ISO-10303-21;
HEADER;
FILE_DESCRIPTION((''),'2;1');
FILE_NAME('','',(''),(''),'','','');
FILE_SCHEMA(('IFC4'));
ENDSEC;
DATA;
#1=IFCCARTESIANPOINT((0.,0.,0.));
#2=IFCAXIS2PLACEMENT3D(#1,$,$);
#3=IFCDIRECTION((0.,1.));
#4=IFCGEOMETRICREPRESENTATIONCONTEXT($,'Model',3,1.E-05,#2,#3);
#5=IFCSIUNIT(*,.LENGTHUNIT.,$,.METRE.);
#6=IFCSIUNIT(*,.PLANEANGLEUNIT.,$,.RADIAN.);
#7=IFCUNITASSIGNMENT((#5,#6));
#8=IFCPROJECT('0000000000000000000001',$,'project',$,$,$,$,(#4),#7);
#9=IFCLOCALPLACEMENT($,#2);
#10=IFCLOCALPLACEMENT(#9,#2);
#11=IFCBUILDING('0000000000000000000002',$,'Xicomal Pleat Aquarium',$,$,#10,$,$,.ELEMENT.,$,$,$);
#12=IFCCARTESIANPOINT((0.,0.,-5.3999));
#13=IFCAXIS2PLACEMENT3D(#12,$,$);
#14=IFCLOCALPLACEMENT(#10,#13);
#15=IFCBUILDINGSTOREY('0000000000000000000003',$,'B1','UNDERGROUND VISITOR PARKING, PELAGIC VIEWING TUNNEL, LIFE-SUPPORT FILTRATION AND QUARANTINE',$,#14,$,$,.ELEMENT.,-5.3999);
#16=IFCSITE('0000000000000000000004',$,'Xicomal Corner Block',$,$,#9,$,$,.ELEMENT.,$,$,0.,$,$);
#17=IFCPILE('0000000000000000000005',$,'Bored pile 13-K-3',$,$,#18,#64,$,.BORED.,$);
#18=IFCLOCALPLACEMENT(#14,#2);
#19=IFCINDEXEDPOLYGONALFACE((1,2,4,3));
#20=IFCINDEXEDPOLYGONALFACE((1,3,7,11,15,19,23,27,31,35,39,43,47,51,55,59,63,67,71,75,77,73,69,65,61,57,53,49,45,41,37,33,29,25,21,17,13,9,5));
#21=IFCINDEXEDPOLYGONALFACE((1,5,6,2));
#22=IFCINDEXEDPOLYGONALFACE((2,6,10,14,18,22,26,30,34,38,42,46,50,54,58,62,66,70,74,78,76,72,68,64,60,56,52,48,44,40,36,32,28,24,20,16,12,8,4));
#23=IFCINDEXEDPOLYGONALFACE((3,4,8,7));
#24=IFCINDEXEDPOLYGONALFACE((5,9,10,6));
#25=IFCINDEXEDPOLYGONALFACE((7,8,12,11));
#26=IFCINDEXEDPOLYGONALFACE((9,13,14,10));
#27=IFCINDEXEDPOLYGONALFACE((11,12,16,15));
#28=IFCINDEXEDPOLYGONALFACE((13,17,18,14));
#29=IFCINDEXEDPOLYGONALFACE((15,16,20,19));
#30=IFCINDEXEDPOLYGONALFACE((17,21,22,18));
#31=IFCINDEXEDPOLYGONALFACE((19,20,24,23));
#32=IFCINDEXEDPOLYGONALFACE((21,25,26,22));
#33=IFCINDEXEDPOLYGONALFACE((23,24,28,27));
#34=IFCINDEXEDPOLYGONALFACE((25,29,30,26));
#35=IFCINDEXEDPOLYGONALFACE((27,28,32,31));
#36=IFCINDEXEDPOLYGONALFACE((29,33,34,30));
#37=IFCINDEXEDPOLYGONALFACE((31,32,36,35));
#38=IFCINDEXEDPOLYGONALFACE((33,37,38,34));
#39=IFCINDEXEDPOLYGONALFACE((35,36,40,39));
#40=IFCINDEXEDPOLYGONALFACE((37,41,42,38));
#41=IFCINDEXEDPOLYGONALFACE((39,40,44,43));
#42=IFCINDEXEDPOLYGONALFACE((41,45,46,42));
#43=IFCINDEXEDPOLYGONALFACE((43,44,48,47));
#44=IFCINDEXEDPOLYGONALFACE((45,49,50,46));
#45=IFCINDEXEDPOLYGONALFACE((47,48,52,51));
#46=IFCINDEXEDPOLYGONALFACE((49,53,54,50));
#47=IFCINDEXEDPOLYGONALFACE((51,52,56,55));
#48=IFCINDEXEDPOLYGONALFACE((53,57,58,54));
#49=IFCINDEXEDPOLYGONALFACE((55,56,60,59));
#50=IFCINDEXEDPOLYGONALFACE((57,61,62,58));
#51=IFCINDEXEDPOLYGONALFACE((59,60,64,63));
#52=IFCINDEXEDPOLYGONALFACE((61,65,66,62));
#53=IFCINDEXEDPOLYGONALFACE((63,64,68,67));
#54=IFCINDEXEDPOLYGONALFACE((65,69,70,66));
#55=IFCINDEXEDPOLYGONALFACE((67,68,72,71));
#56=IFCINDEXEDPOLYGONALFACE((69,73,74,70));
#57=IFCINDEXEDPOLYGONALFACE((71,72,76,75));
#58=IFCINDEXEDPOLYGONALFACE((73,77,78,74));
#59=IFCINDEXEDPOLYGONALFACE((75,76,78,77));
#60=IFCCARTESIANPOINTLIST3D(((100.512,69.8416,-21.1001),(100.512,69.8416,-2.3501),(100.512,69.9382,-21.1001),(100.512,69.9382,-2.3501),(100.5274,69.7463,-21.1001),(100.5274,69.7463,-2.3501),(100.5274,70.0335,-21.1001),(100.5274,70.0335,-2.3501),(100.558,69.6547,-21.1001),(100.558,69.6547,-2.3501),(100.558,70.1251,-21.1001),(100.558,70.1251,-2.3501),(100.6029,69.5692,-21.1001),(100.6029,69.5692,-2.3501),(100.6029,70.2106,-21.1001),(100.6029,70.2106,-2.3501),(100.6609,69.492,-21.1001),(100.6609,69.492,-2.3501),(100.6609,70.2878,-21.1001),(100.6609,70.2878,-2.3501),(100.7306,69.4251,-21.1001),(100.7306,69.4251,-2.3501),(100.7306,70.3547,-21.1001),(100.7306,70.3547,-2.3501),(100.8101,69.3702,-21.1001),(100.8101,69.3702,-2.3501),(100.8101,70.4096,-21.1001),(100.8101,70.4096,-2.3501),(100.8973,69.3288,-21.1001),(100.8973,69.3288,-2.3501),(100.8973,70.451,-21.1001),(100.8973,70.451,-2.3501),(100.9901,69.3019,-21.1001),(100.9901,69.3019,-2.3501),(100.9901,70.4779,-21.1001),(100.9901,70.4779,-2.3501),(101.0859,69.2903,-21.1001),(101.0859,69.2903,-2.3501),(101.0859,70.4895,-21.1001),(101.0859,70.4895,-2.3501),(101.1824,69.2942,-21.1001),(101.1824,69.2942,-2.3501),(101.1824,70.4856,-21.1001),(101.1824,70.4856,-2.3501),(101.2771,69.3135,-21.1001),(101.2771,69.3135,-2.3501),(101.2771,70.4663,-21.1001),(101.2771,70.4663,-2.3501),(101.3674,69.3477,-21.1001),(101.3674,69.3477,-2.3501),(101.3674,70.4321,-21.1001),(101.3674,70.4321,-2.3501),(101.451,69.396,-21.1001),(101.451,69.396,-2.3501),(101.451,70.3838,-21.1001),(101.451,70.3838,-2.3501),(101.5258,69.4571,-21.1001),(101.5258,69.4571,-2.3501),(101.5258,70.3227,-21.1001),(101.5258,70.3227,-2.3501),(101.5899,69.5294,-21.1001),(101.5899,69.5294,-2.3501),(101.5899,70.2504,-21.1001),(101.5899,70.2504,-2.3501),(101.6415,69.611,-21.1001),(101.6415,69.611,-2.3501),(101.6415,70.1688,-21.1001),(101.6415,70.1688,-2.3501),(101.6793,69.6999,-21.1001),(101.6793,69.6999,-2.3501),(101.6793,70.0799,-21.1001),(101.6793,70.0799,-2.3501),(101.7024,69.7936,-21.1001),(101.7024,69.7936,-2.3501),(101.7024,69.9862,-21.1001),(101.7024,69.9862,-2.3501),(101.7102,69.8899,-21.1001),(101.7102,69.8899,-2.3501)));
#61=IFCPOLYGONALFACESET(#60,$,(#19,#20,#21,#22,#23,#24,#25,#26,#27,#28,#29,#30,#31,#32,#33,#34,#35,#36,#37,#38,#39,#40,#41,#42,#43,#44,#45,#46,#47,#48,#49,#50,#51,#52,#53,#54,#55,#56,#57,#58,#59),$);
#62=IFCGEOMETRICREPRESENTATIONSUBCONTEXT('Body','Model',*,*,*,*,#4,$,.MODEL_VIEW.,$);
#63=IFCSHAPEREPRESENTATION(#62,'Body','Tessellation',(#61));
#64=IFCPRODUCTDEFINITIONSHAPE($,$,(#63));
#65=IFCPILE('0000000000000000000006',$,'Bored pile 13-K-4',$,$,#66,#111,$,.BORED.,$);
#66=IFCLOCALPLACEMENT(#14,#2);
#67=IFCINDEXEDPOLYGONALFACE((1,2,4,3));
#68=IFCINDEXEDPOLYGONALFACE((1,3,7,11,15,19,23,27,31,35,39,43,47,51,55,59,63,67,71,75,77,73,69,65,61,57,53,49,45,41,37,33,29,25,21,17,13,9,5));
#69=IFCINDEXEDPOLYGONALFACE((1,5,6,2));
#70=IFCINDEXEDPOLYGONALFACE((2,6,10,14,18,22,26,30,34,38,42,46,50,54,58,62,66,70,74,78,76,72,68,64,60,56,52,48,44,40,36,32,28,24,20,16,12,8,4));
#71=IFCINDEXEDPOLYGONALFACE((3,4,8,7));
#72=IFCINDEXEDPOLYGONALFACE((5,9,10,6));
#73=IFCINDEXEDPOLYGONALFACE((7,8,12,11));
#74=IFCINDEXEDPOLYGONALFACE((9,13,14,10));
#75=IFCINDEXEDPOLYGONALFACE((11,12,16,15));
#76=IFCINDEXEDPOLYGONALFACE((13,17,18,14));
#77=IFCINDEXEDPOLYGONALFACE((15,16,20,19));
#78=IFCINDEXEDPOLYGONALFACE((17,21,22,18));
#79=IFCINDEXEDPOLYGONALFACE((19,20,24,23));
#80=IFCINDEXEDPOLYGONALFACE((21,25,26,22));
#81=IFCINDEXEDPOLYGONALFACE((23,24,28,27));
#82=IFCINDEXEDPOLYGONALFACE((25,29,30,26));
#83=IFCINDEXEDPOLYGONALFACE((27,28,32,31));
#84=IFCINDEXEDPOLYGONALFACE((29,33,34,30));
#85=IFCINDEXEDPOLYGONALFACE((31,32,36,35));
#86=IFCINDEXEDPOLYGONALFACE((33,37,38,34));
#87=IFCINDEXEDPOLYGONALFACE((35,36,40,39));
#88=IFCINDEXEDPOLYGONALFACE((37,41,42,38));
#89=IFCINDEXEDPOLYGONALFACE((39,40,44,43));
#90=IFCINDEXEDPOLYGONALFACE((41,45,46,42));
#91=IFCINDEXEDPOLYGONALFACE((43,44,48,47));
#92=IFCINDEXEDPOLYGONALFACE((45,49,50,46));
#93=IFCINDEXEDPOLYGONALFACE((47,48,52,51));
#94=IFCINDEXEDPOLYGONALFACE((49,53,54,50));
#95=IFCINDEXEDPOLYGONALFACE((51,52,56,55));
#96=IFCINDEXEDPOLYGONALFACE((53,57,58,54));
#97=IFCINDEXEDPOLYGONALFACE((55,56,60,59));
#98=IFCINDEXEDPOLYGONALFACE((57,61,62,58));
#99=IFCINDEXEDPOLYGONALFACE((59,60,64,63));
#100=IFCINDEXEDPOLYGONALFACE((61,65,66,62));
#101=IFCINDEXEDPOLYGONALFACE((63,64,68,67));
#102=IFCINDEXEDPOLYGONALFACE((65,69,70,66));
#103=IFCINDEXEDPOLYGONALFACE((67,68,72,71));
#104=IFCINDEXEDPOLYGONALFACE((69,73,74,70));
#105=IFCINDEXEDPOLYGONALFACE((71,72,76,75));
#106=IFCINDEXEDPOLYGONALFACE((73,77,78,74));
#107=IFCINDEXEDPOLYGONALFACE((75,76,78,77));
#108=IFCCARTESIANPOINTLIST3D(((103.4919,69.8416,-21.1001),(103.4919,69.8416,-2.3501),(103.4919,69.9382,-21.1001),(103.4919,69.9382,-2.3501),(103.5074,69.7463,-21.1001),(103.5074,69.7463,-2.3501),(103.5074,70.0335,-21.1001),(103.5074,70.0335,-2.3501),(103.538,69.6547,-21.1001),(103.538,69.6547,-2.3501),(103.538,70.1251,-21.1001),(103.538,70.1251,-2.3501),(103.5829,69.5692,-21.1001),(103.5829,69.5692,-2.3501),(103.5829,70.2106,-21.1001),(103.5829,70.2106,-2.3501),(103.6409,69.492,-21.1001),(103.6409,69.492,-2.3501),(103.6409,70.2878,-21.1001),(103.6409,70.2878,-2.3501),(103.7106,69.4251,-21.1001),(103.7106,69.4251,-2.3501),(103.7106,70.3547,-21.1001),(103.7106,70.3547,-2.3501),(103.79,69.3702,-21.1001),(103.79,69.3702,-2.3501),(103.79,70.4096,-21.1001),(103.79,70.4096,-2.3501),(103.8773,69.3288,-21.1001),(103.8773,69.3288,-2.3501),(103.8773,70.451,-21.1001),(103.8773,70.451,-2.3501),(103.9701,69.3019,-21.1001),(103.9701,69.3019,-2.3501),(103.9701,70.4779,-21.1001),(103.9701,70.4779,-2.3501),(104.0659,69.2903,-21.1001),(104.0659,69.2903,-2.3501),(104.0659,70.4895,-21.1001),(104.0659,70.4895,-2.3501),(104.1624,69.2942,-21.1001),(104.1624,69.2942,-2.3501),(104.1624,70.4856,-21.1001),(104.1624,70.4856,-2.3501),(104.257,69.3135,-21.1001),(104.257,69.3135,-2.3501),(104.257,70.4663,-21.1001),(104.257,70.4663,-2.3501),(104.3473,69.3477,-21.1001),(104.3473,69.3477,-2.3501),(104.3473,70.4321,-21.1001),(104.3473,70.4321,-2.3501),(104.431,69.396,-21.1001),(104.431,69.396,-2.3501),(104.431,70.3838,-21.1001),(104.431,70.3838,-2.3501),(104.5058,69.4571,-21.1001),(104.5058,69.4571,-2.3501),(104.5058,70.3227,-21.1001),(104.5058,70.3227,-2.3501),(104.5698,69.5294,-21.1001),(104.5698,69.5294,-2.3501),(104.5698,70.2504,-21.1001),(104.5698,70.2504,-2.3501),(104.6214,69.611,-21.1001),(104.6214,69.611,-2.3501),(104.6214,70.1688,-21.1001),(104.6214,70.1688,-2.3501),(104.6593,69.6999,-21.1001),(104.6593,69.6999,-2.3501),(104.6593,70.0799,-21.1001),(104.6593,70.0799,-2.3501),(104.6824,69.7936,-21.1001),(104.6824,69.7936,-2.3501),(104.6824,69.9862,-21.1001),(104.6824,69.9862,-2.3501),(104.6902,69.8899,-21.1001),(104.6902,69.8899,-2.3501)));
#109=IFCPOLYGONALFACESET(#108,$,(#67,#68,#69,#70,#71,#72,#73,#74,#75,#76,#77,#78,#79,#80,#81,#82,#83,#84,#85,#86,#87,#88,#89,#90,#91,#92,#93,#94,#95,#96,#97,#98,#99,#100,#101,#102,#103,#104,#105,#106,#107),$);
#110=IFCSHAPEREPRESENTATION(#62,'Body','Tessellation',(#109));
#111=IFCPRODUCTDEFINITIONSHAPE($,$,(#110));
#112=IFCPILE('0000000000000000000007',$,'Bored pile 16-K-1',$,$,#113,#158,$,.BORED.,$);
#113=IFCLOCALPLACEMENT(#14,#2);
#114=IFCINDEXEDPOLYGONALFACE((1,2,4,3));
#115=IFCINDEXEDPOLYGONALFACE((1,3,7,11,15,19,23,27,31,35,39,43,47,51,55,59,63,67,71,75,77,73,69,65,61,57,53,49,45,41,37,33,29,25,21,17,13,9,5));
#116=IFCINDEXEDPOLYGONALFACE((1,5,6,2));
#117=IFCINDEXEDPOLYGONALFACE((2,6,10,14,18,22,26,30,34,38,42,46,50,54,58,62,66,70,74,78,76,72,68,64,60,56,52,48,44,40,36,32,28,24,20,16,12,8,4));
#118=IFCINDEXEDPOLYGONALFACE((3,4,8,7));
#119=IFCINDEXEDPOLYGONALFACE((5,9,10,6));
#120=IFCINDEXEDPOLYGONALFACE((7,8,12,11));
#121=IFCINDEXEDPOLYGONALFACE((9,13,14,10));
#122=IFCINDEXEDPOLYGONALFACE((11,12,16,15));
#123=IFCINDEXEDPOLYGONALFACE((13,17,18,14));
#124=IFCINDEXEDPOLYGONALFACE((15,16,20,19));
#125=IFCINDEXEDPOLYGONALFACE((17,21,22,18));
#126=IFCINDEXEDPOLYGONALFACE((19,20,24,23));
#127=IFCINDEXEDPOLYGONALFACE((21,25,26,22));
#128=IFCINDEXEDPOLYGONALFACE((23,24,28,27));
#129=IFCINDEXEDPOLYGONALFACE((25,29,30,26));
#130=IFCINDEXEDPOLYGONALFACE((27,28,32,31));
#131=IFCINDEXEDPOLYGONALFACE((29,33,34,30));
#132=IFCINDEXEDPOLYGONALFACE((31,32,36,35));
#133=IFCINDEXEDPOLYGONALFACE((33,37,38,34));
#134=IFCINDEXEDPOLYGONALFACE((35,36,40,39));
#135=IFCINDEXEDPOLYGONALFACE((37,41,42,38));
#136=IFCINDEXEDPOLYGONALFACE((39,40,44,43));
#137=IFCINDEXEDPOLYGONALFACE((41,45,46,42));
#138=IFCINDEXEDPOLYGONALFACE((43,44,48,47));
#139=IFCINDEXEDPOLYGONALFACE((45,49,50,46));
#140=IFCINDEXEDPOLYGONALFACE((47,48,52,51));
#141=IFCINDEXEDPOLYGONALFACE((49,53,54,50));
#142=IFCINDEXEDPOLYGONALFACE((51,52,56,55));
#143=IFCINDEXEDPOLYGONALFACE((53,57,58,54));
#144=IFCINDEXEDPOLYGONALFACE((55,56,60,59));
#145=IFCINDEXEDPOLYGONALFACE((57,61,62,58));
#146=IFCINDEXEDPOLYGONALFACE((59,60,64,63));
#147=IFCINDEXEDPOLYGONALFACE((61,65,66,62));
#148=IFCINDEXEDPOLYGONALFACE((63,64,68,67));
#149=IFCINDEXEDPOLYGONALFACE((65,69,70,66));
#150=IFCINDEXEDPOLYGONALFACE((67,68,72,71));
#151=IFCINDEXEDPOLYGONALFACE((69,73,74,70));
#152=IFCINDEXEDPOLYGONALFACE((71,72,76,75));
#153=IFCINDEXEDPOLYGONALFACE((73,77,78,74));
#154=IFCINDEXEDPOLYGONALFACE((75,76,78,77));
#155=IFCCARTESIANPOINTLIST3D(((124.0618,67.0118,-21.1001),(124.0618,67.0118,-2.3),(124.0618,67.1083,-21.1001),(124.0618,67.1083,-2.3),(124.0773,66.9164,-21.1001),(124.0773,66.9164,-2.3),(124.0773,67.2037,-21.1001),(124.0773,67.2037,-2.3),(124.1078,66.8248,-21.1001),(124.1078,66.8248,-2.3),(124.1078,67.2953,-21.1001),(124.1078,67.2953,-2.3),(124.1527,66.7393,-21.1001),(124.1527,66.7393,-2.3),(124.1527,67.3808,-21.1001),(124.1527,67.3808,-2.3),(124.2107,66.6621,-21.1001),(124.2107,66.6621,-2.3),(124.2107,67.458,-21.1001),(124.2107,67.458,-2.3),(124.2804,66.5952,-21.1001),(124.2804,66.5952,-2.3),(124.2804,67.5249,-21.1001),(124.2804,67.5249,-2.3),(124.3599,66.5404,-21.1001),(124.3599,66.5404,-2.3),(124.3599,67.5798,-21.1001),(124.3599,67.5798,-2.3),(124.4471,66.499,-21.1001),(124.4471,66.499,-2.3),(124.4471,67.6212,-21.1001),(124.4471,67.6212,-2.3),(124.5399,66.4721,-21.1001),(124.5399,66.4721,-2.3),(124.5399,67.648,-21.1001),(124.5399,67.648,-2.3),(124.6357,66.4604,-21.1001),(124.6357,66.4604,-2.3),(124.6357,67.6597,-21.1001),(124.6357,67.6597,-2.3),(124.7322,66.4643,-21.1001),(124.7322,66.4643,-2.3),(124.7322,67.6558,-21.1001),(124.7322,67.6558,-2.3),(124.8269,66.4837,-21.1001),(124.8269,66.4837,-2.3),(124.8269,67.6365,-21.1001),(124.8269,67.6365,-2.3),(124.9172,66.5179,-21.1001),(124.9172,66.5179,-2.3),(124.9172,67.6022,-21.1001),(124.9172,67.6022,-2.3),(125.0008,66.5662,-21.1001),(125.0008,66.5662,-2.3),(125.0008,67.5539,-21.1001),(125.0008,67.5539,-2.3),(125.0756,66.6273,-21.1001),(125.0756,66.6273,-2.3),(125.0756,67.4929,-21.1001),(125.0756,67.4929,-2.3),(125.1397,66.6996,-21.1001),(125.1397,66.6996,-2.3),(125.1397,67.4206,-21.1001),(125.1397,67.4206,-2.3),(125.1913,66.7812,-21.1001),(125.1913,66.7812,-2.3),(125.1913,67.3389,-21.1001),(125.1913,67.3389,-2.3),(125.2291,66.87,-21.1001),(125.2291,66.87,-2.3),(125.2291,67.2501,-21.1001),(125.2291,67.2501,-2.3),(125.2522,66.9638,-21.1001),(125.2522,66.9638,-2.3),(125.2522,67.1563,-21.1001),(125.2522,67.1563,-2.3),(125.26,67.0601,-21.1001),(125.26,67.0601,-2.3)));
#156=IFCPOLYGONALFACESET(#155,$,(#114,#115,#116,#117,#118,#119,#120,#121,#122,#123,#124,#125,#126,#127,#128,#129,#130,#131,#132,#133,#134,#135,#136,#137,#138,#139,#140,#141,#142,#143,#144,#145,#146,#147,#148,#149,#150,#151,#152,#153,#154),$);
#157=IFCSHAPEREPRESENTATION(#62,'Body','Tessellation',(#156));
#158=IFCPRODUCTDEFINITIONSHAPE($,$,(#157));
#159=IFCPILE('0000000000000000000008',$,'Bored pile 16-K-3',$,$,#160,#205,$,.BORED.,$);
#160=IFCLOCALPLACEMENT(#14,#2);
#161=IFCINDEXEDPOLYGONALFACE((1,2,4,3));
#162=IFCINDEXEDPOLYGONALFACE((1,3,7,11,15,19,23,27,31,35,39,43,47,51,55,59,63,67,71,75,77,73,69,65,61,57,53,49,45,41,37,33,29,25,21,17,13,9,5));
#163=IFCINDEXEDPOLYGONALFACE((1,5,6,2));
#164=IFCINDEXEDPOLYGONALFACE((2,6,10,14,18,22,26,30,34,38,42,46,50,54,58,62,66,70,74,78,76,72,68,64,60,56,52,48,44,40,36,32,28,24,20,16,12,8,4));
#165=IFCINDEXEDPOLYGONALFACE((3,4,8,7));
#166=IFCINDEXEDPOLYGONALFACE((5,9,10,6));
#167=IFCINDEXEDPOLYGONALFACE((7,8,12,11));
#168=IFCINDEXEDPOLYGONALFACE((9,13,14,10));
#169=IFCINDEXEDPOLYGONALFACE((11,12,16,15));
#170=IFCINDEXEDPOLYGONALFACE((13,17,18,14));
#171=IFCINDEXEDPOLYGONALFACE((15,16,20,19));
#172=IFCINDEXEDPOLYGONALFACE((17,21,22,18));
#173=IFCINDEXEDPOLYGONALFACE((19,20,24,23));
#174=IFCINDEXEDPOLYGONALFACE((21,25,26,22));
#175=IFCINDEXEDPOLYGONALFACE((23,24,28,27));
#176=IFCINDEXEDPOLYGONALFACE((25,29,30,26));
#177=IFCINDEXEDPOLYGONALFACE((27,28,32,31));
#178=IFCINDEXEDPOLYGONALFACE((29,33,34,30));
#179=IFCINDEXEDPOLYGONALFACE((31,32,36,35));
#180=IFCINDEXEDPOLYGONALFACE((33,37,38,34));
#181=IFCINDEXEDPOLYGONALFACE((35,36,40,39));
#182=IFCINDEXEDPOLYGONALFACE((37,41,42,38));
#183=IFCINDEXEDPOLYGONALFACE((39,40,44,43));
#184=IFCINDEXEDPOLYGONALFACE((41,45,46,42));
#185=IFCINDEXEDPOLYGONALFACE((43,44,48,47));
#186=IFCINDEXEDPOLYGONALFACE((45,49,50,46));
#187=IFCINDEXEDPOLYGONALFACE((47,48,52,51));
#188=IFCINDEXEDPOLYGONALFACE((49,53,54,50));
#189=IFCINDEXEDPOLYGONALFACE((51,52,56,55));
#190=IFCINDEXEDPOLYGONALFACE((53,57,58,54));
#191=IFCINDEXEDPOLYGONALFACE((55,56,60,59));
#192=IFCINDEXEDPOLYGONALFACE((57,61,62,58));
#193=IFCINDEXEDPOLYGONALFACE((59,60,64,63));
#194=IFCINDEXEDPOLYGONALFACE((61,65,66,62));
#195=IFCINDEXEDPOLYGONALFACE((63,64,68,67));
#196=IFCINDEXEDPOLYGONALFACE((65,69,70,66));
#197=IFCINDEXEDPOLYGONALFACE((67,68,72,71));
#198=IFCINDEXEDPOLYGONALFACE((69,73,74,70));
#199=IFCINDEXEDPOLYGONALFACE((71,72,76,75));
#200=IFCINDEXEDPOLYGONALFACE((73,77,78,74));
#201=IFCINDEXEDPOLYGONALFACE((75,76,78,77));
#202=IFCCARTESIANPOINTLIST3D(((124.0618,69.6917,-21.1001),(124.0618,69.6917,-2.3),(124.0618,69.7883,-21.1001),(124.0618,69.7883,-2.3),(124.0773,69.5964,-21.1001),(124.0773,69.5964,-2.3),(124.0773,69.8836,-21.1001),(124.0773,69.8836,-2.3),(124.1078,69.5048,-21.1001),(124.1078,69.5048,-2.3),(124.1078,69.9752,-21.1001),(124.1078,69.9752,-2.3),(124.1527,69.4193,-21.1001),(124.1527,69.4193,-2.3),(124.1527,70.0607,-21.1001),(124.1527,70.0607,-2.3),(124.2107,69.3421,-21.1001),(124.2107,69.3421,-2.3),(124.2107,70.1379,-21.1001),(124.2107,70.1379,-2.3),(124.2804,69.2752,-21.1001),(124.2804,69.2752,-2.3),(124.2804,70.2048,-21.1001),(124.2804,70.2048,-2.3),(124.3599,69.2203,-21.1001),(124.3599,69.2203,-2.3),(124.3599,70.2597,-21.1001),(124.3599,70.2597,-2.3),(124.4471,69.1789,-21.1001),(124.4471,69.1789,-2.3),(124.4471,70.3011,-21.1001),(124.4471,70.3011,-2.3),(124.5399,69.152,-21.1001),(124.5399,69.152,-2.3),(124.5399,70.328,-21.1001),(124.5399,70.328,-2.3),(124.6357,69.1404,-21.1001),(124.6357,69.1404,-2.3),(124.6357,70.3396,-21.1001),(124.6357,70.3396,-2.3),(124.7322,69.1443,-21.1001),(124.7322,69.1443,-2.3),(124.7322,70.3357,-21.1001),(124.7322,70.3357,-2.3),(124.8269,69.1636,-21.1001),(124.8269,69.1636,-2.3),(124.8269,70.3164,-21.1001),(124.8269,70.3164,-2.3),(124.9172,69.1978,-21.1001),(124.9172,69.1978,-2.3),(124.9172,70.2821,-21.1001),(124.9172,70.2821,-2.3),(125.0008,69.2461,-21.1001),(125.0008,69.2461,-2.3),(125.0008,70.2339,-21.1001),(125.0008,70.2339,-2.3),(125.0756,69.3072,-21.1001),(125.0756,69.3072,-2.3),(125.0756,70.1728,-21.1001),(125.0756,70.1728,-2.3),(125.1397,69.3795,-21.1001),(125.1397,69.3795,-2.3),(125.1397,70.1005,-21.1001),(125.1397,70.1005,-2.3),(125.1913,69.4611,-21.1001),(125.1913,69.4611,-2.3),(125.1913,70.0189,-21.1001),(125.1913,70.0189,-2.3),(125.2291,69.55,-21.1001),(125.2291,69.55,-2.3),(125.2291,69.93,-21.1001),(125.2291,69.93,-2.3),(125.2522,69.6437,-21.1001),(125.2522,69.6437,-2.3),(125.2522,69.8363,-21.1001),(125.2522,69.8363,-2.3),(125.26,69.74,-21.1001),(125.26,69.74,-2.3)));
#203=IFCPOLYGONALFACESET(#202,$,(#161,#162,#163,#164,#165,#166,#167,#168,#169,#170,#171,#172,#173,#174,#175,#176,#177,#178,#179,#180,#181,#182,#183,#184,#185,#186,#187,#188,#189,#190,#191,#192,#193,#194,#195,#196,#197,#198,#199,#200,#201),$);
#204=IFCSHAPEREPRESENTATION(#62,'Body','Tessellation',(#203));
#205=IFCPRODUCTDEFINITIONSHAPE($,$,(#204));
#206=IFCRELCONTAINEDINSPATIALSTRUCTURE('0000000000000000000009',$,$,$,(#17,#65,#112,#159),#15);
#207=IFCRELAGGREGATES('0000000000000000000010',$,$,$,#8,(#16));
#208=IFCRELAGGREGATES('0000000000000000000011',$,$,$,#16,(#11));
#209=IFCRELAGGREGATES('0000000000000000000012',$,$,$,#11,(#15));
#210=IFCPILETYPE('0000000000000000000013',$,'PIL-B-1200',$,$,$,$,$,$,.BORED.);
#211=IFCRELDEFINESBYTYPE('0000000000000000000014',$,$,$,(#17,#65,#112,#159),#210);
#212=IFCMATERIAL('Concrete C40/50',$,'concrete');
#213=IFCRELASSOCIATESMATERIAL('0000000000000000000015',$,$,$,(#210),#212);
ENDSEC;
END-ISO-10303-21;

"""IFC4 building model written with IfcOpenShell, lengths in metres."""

from ifc_helpers import new_model, si_unit, direction, frame, origin, origin_2d, place, context, subcontext, project, spatial, circle, extrude, material, material_profile, profile_set, type_object, element, save


model = new_model("IFC4")

# Units and contexts
model_context = context("Model", 3, precision=1e-05, world=origin(), true_north=direction((0.0, 1.0)))
body_context = subcontext(model_context, "Body", "Model", "MODEL_VIEW")
ifc_project = project(units=[si_unit("LENGTHUNIT", "METRE"), si_unit("PLANEANGLEUNIT", "RADIAN")], contexts=[model_context])

# Site, building, storey
site_placement = place(None, origin())
site = spatial("IfcSite", under=ifc_project, at=site_placement, Name="Xicomal Corner Block", CompositionType="ELEMENT", RefElevation=0.0)
building_placement = place(site_placement, origin())
building = spatial("IfcBuilding", under=site, at=building_placement, Name="Xicomal Pleat Aquarium", CompositionType="ELEMENT")
storey_placement = place(building_placement, frame((0.0, 0.0, -5.3999)))
storey = spatial("IfcBuildingStorey", under=building, at=storey_placement, Name="B1", Description="UNDERGROUND VISITOR PARKING, PELAGIC VIEWING TUNNEL, LIFE-SUPPORT FILTRATION AND QUARANTINE", CompositionType="ELEMENT", Elevation=-5.3999)

# Piles
ifc_material_1 = material(Name="Concrete C40/50", Category="concrete")
ifc_material_profile_1 = material_profile(ifc_material_1, circle(Radius=0.6001, at=origin_2d()), Name="BORED PILE D1200")
ifc_profile_set_1 = profile_set([ifc_material_profile_1], Name="Concrete C40/50")
pile_type_1 = type_object("IfcPileType", Name="PIL-B-1200", PredefinedType="BORED", material=ifc_profile_set_1)
for number, where, z_axis, x_axis, name in (
    (1, (101.1101, 69.8899, -2.3501), (0.0, 0.0, -1.0), (1.0, 0.0, 0.0), "Bored pile 13-K-3"),
    (2, (104.0901, 69.8899, -2.3501), (0.0, 0.0, -1.0), (1.0, 0.0, 0.0), "Bored pile 13-K-4"),
):
    element("IfcPile", number, at=place(storey_placement, frame(where, z_axis=z_axis, x_axis=x_axis)), inside=storey, type_object=pile_type_1, Name=name, PredefinedType="BORED", context=body_context, shape_type="SweptSolid", body=[
        extrude(circle(Radius=0.6001, at=origin_2d()), origin(), (0.0, 0.0, 1.0), 18.75),
    ])
for number, where, z_axis, x_axis, name in (
    (3, (124.6599, 67.0601, -2.3), (0.0, 0.0, -1.0), (1.0, 0.0, 0.0), "Bored pile 16-K-1"),
    (4, (124.6599, 69.74, -2.3), (0.0, 0.0, -1.0), (1.0, 0.0, 0.0), "Bored pile 16-K-3"),
):
    element("IfcPile", number, at=place(storey_placement, frame(where, z_axis=z_axis, x_axis=x_axis)), inside=storey, type_object=pile_type_1, Name=name, PredefinedType="BORED", context=body_context, shape_type="SweptSolid", body=[
        extrude(circle(Radius=0.6001, at=origin_2d()), origin(), (0.0, 0.0, 1.0), 18.8),
    ])

save(model, "model.ifc")
